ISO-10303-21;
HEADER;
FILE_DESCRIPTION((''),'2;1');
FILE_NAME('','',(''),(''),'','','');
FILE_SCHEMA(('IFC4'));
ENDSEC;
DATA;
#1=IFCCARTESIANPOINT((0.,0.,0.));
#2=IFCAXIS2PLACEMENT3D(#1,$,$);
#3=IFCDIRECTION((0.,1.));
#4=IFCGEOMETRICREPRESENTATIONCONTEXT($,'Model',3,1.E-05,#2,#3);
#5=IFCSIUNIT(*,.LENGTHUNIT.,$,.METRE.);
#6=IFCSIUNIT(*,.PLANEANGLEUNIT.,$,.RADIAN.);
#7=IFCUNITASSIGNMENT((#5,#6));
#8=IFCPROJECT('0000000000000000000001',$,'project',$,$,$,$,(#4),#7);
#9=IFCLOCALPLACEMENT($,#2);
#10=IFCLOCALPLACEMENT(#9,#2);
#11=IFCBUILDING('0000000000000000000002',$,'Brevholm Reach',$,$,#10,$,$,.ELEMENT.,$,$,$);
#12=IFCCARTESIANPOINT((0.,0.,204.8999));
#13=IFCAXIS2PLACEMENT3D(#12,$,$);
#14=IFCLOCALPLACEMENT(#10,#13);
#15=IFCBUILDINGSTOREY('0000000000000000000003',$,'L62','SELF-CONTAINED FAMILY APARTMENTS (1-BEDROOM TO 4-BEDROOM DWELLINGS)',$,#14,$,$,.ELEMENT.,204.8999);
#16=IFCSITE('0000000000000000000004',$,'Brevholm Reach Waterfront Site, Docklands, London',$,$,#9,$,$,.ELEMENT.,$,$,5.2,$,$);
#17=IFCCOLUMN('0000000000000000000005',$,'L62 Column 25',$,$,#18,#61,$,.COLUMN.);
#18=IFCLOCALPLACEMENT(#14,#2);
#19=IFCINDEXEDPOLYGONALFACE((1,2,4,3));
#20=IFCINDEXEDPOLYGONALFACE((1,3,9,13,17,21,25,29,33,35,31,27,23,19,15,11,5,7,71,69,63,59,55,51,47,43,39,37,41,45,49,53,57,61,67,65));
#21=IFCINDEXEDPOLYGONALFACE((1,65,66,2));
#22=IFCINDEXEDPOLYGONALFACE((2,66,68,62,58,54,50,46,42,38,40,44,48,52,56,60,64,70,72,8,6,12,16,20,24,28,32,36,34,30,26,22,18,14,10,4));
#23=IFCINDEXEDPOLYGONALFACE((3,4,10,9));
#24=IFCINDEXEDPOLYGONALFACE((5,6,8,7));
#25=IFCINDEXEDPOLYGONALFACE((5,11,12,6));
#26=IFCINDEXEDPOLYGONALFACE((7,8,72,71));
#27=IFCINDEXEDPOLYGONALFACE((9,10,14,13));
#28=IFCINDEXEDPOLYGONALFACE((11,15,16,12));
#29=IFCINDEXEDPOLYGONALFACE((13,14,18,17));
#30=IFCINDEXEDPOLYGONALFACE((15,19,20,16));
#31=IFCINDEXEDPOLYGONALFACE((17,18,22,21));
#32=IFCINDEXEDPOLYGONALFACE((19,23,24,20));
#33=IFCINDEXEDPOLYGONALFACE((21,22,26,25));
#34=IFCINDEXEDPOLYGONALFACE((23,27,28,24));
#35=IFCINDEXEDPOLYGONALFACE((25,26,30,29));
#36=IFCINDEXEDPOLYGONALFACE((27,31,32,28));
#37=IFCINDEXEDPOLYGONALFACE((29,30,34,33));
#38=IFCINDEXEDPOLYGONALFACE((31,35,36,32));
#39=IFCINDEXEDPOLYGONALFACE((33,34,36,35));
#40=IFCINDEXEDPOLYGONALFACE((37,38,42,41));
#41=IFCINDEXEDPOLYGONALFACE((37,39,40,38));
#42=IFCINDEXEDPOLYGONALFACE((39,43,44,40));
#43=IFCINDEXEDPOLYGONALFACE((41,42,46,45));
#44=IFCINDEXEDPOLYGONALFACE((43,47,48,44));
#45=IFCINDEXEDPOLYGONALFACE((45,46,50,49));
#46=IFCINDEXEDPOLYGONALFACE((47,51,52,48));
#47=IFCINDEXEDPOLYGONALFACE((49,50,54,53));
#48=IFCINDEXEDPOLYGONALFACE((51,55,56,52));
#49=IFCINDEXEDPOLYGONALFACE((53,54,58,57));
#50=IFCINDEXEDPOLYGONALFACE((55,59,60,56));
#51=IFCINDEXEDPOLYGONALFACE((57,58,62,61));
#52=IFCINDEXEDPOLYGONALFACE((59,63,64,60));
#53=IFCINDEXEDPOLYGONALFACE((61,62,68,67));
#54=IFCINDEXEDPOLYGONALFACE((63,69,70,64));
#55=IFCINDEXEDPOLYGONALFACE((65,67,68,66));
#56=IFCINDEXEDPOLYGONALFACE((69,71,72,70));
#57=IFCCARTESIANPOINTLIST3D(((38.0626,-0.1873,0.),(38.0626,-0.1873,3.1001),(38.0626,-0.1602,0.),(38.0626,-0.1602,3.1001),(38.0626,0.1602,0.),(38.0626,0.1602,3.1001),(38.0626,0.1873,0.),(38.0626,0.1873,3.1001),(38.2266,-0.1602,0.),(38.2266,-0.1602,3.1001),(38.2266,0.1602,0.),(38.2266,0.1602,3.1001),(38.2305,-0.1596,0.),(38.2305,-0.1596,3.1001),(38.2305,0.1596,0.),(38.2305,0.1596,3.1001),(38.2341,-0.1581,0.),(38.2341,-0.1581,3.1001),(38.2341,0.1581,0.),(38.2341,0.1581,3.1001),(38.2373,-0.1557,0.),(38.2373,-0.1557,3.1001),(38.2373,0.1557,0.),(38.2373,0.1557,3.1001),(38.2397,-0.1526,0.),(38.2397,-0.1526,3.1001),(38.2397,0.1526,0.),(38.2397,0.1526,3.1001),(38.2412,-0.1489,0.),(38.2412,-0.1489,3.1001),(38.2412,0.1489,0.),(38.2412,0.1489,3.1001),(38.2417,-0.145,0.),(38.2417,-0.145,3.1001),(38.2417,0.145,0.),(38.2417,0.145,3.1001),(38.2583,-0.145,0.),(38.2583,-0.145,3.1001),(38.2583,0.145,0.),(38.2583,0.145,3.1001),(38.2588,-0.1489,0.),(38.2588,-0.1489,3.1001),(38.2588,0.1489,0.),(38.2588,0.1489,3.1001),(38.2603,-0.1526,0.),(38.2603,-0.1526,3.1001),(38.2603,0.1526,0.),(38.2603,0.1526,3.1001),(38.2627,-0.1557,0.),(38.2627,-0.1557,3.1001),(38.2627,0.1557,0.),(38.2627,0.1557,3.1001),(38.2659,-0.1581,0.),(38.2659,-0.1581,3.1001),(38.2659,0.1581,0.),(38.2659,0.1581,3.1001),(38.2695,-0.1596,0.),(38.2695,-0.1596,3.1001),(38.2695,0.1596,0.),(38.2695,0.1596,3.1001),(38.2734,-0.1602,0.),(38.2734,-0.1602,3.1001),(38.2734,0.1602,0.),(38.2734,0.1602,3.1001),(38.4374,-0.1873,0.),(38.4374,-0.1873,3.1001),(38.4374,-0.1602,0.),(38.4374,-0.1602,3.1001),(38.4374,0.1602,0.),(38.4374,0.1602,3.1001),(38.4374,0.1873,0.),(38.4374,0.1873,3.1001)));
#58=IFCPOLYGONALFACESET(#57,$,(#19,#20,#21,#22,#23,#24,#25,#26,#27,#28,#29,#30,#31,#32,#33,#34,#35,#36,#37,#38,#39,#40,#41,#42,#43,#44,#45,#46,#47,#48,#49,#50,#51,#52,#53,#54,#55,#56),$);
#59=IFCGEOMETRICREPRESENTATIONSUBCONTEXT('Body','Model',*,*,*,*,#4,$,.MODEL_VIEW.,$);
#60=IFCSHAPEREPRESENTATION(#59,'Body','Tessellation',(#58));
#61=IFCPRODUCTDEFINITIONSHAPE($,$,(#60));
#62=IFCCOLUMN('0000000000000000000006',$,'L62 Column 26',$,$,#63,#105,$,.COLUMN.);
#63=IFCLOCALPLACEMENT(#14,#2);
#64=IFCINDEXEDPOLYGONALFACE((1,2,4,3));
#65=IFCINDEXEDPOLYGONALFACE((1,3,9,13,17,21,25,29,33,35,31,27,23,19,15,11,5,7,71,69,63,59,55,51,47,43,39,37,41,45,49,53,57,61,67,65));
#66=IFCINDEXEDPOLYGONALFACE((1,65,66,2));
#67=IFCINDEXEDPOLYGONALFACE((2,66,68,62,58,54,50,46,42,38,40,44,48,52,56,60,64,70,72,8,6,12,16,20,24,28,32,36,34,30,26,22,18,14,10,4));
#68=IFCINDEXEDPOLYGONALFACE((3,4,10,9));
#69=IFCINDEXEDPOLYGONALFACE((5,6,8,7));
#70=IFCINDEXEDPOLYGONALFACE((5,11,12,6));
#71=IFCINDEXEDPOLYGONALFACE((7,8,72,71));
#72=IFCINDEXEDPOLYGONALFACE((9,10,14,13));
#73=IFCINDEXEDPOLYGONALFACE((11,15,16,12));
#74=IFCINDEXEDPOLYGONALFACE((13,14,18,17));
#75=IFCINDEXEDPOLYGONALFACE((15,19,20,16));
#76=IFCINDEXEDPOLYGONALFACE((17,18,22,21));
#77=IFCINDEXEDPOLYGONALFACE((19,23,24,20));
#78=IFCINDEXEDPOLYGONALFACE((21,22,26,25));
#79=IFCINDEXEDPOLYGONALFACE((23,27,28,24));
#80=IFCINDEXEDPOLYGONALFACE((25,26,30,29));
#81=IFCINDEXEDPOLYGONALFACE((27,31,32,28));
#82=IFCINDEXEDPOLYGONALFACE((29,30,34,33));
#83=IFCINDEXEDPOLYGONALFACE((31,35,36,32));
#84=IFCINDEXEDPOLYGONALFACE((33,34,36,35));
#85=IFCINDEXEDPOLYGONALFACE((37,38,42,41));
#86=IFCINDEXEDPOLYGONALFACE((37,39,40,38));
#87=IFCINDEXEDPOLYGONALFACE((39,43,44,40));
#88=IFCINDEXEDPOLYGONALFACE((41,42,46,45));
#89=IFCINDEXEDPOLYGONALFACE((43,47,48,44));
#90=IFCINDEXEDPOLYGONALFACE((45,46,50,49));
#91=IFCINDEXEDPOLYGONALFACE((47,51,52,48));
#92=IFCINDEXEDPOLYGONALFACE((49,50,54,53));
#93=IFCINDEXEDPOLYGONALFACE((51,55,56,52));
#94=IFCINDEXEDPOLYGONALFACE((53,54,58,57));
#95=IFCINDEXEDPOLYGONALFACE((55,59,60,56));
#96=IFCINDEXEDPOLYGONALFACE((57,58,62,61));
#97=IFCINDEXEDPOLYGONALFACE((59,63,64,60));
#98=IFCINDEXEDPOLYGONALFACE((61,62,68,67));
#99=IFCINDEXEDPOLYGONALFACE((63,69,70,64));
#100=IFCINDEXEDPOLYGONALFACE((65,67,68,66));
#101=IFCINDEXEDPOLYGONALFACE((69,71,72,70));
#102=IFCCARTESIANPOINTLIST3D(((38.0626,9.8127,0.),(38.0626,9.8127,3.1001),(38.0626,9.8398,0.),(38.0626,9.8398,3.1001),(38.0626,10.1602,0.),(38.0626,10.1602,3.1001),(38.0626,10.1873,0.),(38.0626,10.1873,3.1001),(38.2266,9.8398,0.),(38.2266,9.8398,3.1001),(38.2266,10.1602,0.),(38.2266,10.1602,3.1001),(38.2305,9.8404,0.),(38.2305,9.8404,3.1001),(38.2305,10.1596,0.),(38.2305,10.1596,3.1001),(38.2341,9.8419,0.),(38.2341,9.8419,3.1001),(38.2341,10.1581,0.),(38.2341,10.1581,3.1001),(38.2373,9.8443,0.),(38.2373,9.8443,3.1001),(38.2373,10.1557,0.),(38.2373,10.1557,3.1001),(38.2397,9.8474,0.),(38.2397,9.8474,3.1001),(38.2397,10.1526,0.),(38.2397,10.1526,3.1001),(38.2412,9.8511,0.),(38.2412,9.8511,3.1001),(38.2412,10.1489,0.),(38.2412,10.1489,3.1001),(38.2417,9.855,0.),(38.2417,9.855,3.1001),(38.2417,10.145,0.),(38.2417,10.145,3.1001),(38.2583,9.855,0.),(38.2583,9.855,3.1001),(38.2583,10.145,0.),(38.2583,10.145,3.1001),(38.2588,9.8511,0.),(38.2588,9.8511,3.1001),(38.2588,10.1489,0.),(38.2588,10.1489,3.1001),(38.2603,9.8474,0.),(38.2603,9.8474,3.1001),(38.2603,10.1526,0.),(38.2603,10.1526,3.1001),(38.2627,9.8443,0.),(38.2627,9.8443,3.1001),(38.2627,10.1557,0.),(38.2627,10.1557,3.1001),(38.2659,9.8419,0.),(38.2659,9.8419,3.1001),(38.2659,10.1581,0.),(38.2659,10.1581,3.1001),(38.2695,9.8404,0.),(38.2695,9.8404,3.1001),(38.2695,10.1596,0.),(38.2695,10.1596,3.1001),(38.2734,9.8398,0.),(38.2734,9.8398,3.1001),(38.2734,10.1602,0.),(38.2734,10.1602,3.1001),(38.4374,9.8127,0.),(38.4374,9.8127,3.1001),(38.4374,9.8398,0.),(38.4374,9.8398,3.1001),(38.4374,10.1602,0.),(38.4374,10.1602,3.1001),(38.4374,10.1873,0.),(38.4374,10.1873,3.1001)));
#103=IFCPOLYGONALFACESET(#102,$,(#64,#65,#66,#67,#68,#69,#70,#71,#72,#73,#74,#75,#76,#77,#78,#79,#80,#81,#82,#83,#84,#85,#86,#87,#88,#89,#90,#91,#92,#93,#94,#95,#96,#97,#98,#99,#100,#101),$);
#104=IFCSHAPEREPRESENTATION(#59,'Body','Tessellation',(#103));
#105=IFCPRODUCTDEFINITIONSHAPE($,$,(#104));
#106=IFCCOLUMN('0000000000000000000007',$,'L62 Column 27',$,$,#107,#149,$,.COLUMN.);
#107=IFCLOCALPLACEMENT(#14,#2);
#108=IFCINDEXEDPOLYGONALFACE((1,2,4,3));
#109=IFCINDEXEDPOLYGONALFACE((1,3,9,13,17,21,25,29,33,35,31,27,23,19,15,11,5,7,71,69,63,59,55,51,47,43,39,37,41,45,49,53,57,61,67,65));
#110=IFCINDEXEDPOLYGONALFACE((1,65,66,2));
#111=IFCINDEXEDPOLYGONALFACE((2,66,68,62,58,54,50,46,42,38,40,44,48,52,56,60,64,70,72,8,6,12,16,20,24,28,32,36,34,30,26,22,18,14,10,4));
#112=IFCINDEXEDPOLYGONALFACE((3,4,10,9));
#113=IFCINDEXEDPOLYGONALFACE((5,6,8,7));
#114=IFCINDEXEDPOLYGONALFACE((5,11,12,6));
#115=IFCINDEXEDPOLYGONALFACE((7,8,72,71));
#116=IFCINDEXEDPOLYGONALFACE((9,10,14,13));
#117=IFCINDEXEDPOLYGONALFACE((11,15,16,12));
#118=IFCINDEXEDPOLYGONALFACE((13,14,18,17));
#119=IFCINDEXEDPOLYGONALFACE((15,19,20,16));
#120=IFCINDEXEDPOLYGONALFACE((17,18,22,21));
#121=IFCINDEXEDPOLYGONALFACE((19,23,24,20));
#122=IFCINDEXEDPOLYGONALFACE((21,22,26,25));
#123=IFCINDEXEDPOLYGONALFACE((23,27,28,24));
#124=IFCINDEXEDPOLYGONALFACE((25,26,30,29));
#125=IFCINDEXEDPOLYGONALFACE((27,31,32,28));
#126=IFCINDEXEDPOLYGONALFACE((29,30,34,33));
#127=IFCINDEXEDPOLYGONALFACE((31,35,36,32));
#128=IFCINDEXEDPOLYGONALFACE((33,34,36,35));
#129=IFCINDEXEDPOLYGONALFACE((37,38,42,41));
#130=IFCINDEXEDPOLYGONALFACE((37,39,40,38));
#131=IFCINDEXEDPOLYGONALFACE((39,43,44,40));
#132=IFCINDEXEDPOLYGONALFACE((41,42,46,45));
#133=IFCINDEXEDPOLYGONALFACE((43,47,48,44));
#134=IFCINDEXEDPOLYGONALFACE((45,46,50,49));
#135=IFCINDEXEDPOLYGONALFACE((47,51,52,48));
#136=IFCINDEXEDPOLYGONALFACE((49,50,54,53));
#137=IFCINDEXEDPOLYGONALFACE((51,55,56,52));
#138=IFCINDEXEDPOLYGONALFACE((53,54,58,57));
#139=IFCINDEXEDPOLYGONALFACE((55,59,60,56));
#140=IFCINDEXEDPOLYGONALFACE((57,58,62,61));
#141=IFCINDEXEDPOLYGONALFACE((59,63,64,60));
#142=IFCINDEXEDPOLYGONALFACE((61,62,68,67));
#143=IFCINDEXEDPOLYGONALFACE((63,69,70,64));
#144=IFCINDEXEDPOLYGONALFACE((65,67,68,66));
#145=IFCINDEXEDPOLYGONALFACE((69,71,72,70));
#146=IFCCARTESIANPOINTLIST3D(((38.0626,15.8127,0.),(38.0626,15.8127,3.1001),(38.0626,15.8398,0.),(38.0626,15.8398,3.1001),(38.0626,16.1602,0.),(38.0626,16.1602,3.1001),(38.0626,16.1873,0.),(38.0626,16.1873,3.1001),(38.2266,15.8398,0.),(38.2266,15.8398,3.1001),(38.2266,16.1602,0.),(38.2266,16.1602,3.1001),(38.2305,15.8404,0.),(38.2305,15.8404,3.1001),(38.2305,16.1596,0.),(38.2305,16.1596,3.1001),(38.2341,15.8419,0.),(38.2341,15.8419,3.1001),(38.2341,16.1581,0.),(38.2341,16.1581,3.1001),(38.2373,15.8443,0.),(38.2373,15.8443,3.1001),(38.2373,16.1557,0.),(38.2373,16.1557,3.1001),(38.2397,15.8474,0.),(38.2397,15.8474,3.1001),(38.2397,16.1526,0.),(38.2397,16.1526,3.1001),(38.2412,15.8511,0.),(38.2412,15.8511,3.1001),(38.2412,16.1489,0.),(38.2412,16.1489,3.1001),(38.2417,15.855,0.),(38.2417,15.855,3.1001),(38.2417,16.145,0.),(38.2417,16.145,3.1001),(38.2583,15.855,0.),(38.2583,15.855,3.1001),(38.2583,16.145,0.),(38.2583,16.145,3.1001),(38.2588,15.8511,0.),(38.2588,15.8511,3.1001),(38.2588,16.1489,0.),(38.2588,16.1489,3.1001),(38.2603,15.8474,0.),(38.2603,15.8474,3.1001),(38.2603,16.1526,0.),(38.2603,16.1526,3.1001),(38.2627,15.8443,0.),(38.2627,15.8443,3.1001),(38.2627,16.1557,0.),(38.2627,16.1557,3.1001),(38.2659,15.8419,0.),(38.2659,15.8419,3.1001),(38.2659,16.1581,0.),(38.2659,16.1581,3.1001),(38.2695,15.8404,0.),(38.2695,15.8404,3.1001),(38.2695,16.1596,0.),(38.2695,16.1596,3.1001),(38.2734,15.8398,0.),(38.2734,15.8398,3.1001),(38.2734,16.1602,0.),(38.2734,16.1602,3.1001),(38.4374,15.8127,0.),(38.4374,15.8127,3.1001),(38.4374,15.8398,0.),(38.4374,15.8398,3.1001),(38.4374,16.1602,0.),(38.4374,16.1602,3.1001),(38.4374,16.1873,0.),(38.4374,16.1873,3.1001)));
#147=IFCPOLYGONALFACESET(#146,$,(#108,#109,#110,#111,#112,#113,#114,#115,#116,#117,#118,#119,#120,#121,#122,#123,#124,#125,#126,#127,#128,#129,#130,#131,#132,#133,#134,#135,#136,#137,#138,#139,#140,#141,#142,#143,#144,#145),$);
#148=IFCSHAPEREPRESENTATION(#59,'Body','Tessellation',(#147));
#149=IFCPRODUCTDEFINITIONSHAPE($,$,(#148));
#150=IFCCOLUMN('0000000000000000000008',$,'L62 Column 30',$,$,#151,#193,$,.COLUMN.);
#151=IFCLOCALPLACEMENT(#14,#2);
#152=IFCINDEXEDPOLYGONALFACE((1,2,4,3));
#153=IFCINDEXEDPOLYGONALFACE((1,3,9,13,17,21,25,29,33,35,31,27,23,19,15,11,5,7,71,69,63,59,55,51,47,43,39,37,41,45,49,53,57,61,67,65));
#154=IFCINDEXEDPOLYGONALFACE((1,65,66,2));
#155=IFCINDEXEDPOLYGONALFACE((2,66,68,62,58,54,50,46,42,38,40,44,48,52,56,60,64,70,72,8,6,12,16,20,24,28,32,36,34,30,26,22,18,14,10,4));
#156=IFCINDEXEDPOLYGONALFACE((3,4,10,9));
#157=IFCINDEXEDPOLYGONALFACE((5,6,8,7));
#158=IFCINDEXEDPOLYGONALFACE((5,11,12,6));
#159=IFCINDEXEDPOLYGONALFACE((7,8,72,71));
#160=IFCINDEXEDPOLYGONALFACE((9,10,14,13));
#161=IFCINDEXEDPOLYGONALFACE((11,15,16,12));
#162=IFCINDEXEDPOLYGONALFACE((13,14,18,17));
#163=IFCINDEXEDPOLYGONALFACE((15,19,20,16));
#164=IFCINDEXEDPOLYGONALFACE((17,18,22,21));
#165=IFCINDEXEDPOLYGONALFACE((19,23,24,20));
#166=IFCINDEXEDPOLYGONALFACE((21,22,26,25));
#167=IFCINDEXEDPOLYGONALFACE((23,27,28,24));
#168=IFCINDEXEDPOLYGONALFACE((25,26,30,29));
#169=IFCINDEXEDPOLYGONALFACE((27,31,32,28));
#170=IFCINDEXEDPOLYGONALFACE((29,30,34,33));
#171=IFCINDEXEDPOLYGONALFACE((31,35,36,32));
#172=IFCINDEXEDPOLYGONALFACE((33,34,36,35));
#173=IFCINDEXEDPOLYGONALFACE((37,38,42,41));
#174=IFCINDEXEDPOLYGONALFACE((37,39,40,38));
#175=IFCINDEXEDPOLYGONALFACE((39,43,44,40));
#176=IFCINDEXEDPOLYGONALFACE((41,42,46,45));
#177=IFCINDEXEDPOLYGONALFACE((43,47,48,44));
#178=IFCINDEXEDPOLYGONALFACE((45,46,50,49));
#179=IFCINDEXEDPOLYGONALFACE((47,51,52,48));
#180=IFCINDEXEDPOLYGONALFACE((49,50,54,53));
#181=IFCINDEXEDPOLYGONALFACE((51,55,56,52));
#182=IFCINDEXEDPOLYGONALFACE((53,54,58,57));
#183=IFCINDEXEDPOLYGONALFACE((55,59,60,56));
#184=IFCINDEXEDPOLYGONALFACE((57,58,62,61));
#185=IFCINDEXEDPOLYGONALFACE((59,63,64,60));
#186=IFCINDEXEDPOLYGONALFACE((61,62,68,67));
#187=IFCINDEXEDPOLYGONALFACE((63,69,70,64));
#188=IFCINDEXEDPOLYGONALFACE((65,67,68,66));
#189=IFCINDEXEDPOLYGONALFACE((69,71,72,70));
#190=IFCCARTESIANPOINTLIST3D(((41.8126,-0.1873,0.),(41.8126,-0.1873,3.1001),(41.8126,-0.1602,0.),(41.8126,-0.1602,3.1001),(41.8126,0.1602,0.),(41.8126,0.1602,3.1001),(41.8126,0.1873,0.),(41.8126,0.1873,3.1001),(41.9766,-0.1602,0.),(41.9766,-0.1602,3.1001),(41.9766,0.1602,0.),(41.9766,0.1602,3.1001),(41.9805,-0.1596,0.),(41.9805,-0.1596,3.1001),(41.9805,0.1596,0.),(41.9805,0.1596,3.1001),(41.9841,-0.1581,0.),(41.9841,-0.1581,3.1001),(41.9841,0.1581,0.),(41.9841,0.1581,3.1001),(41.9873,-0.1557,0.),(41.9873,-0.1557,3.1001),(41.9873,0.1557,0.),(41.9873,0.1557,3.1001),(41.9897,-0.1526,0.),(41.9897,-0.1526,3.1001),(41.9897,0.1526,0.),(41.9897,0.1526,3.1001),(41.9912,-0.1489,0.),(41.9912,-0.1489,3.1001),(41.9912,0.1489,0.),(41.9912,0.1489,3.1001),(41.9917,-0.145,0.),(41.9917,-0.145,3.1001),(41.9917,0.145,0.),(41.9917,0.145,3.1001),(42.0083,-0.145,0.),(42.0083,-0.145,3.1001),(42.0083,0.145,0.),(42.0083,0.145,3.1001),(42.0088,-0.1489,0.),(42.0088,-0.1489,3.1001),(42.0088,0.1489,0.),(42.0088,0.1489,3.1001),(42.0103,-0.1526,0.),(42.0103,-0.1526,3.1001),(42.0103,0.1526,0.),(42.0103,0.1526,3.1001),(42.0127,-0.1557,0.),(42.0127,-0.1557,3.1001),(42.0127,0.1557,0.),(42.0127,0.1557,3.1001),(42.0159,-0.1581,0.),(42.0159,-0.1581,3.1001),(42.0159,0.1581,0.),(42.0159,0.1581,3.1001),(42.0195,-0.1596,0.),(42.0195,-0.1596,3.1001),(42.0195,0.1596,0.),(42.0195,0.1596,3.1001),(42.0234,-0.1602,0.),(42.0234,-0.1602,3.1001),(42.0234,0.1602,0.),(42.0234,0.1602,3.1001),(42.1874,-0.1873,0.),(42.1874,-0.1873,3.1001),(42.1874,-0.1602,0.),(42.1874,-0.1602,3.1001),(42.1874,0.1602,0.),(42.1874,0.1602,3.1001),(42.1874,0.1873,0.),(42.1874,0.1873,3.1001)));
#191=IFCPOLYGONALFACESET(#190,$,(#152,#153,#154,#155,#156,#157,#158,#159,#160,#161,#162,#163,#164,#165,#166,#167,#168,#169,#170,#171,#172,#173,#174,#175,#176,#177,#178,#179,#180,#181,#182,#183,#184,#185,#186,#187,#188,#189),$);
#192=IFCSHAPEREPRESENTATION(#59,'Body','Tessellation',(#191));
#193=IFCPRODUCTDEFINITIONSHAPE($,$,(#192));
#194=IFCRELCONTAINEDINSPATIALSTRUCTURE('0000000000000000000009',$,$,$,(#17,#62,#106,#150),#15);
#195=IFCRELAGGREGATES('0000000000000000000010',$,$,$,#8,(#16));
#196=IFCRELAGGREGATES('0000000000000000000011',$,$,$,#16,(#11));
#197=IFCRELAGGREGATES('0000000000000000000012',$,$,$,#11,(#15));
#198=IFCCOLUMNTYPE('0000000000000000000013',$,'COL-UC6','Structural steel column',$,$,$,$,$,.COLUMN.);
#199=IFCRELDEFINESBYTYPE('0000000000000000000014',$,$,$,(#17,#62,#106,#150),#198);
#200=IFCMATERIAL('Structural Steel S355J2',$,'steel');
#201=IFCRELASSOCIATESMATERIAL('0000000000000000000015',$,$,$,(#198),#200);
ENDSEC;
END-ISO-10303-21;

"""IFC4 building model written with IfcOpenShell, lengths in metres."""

from ifc_helpers import new_model, si_unit, direction, frame, origin, origin_2d, place, context, subcontext, project, spatial, i_section, extrude, material, material_profile, profile_set, type_object, element, save


model = new_model("IFC4")

# Units and contexts
model_context = context("Model", 3, precision=1e-05, world=origin(), true_north=direction((0.0, 1.0)))
body_context = subcontext(model_context, "Body", "Model", "MODEL_VIEW")
ifc_project = project(units=[si_unit("LENGTHUNIT", "METRE"), si_unit("PLANEANGLEUNIT", "RADIAN")], contexts=[model_context])

# Site, building, storey
site_placement = place(None, origin())
site = spatial("IfcSite", under=ifc_project, at=site_placement, Name="Brevholm Reach Waterfront Site, Docklands, London", CompositionType="ELEMENT", RefElevation=5.2)
building_placement = place(site_placement, origin())
building = spatial("IfcBuilding", under=site, at=building_placement, Name="Brevholm Reach", CompositionType="ELEMENT")
storey_placement = place(building_placement, frame((0.0, 0.0, 204.8999)))
storey = spatial("IfcBuildingStorey", under=building, at=storey_placement, Name="L62", Description="SELF-CONTAINED FAMILY APARTMENTS (1-BEDROOM TO 4-BEDROOM DWELLINGS)", CompositionType="ELEMENT", Elevation=204.8999)

# Columns
ifc_material_1 = material(Name="Structural Steel S355J2", Category="steel")
ifc_material_profile_1 = material_profile(ifc_material_1, i_section(OverallWidth=0.3748, OverallDepth=0.3745, WebThickness=0.0166, FlangeThickness=0.0271, FilletRadius=0.0151, at=origin_2d()), Name="UKC 356x368x202")
ifc_profile_set_1 = profile_set([ifc_material_profile_1], Name="Structural Steel S355J2")
column_type = type_object("IfcColumnType", Name="COL-UC6", Description="Structural steel column", PredefinedType="COLUMN", material=ifc_profile_set_1)
for number, where, z_axis, x_axis, name in (
    (1, (38.25, 0.0, 0.0), (0.0, 0.0, 1.0), (1.0, 0.0, 0.0), "L62 Column 25"),
    (2, (38.25, 10.0, 0.0), (0.0, 0.0, 1.0), (1.0, 0.0, 0.0), "L62 Column 26"),
    (3, (38.25, 16.0, 0.0), (0.0, 0.0, 1.0), (1.0, 0.0, 0.0), "L62 Column 27"),
    (4, (42.0, 0.0, 0.0), (0.0, 0.0, 1.0), (1.0, 0.0, 0.0), "L62 Column 30"),
):
    element("IfcColumn", number, at=place(storey_placement, frame(where, z_axis=z_axis, x_axis=x_axis)), inside=storey, type_object=column_type, Name=name, PredefinedType="COLUMN", context=body_context, shape_type="SweptSolid", body=[
        extrude(i_section(OverallWidth=0.3748, OverallDepth=0.3745, WebThickness=0.0166, FlangeThickness=0.0271, FilletRadius=0.0151, at=origin_2d()), origin(), (0.0, 0.0, 1.0), 3.1001),
    ])

save(model, "model.ifc")
